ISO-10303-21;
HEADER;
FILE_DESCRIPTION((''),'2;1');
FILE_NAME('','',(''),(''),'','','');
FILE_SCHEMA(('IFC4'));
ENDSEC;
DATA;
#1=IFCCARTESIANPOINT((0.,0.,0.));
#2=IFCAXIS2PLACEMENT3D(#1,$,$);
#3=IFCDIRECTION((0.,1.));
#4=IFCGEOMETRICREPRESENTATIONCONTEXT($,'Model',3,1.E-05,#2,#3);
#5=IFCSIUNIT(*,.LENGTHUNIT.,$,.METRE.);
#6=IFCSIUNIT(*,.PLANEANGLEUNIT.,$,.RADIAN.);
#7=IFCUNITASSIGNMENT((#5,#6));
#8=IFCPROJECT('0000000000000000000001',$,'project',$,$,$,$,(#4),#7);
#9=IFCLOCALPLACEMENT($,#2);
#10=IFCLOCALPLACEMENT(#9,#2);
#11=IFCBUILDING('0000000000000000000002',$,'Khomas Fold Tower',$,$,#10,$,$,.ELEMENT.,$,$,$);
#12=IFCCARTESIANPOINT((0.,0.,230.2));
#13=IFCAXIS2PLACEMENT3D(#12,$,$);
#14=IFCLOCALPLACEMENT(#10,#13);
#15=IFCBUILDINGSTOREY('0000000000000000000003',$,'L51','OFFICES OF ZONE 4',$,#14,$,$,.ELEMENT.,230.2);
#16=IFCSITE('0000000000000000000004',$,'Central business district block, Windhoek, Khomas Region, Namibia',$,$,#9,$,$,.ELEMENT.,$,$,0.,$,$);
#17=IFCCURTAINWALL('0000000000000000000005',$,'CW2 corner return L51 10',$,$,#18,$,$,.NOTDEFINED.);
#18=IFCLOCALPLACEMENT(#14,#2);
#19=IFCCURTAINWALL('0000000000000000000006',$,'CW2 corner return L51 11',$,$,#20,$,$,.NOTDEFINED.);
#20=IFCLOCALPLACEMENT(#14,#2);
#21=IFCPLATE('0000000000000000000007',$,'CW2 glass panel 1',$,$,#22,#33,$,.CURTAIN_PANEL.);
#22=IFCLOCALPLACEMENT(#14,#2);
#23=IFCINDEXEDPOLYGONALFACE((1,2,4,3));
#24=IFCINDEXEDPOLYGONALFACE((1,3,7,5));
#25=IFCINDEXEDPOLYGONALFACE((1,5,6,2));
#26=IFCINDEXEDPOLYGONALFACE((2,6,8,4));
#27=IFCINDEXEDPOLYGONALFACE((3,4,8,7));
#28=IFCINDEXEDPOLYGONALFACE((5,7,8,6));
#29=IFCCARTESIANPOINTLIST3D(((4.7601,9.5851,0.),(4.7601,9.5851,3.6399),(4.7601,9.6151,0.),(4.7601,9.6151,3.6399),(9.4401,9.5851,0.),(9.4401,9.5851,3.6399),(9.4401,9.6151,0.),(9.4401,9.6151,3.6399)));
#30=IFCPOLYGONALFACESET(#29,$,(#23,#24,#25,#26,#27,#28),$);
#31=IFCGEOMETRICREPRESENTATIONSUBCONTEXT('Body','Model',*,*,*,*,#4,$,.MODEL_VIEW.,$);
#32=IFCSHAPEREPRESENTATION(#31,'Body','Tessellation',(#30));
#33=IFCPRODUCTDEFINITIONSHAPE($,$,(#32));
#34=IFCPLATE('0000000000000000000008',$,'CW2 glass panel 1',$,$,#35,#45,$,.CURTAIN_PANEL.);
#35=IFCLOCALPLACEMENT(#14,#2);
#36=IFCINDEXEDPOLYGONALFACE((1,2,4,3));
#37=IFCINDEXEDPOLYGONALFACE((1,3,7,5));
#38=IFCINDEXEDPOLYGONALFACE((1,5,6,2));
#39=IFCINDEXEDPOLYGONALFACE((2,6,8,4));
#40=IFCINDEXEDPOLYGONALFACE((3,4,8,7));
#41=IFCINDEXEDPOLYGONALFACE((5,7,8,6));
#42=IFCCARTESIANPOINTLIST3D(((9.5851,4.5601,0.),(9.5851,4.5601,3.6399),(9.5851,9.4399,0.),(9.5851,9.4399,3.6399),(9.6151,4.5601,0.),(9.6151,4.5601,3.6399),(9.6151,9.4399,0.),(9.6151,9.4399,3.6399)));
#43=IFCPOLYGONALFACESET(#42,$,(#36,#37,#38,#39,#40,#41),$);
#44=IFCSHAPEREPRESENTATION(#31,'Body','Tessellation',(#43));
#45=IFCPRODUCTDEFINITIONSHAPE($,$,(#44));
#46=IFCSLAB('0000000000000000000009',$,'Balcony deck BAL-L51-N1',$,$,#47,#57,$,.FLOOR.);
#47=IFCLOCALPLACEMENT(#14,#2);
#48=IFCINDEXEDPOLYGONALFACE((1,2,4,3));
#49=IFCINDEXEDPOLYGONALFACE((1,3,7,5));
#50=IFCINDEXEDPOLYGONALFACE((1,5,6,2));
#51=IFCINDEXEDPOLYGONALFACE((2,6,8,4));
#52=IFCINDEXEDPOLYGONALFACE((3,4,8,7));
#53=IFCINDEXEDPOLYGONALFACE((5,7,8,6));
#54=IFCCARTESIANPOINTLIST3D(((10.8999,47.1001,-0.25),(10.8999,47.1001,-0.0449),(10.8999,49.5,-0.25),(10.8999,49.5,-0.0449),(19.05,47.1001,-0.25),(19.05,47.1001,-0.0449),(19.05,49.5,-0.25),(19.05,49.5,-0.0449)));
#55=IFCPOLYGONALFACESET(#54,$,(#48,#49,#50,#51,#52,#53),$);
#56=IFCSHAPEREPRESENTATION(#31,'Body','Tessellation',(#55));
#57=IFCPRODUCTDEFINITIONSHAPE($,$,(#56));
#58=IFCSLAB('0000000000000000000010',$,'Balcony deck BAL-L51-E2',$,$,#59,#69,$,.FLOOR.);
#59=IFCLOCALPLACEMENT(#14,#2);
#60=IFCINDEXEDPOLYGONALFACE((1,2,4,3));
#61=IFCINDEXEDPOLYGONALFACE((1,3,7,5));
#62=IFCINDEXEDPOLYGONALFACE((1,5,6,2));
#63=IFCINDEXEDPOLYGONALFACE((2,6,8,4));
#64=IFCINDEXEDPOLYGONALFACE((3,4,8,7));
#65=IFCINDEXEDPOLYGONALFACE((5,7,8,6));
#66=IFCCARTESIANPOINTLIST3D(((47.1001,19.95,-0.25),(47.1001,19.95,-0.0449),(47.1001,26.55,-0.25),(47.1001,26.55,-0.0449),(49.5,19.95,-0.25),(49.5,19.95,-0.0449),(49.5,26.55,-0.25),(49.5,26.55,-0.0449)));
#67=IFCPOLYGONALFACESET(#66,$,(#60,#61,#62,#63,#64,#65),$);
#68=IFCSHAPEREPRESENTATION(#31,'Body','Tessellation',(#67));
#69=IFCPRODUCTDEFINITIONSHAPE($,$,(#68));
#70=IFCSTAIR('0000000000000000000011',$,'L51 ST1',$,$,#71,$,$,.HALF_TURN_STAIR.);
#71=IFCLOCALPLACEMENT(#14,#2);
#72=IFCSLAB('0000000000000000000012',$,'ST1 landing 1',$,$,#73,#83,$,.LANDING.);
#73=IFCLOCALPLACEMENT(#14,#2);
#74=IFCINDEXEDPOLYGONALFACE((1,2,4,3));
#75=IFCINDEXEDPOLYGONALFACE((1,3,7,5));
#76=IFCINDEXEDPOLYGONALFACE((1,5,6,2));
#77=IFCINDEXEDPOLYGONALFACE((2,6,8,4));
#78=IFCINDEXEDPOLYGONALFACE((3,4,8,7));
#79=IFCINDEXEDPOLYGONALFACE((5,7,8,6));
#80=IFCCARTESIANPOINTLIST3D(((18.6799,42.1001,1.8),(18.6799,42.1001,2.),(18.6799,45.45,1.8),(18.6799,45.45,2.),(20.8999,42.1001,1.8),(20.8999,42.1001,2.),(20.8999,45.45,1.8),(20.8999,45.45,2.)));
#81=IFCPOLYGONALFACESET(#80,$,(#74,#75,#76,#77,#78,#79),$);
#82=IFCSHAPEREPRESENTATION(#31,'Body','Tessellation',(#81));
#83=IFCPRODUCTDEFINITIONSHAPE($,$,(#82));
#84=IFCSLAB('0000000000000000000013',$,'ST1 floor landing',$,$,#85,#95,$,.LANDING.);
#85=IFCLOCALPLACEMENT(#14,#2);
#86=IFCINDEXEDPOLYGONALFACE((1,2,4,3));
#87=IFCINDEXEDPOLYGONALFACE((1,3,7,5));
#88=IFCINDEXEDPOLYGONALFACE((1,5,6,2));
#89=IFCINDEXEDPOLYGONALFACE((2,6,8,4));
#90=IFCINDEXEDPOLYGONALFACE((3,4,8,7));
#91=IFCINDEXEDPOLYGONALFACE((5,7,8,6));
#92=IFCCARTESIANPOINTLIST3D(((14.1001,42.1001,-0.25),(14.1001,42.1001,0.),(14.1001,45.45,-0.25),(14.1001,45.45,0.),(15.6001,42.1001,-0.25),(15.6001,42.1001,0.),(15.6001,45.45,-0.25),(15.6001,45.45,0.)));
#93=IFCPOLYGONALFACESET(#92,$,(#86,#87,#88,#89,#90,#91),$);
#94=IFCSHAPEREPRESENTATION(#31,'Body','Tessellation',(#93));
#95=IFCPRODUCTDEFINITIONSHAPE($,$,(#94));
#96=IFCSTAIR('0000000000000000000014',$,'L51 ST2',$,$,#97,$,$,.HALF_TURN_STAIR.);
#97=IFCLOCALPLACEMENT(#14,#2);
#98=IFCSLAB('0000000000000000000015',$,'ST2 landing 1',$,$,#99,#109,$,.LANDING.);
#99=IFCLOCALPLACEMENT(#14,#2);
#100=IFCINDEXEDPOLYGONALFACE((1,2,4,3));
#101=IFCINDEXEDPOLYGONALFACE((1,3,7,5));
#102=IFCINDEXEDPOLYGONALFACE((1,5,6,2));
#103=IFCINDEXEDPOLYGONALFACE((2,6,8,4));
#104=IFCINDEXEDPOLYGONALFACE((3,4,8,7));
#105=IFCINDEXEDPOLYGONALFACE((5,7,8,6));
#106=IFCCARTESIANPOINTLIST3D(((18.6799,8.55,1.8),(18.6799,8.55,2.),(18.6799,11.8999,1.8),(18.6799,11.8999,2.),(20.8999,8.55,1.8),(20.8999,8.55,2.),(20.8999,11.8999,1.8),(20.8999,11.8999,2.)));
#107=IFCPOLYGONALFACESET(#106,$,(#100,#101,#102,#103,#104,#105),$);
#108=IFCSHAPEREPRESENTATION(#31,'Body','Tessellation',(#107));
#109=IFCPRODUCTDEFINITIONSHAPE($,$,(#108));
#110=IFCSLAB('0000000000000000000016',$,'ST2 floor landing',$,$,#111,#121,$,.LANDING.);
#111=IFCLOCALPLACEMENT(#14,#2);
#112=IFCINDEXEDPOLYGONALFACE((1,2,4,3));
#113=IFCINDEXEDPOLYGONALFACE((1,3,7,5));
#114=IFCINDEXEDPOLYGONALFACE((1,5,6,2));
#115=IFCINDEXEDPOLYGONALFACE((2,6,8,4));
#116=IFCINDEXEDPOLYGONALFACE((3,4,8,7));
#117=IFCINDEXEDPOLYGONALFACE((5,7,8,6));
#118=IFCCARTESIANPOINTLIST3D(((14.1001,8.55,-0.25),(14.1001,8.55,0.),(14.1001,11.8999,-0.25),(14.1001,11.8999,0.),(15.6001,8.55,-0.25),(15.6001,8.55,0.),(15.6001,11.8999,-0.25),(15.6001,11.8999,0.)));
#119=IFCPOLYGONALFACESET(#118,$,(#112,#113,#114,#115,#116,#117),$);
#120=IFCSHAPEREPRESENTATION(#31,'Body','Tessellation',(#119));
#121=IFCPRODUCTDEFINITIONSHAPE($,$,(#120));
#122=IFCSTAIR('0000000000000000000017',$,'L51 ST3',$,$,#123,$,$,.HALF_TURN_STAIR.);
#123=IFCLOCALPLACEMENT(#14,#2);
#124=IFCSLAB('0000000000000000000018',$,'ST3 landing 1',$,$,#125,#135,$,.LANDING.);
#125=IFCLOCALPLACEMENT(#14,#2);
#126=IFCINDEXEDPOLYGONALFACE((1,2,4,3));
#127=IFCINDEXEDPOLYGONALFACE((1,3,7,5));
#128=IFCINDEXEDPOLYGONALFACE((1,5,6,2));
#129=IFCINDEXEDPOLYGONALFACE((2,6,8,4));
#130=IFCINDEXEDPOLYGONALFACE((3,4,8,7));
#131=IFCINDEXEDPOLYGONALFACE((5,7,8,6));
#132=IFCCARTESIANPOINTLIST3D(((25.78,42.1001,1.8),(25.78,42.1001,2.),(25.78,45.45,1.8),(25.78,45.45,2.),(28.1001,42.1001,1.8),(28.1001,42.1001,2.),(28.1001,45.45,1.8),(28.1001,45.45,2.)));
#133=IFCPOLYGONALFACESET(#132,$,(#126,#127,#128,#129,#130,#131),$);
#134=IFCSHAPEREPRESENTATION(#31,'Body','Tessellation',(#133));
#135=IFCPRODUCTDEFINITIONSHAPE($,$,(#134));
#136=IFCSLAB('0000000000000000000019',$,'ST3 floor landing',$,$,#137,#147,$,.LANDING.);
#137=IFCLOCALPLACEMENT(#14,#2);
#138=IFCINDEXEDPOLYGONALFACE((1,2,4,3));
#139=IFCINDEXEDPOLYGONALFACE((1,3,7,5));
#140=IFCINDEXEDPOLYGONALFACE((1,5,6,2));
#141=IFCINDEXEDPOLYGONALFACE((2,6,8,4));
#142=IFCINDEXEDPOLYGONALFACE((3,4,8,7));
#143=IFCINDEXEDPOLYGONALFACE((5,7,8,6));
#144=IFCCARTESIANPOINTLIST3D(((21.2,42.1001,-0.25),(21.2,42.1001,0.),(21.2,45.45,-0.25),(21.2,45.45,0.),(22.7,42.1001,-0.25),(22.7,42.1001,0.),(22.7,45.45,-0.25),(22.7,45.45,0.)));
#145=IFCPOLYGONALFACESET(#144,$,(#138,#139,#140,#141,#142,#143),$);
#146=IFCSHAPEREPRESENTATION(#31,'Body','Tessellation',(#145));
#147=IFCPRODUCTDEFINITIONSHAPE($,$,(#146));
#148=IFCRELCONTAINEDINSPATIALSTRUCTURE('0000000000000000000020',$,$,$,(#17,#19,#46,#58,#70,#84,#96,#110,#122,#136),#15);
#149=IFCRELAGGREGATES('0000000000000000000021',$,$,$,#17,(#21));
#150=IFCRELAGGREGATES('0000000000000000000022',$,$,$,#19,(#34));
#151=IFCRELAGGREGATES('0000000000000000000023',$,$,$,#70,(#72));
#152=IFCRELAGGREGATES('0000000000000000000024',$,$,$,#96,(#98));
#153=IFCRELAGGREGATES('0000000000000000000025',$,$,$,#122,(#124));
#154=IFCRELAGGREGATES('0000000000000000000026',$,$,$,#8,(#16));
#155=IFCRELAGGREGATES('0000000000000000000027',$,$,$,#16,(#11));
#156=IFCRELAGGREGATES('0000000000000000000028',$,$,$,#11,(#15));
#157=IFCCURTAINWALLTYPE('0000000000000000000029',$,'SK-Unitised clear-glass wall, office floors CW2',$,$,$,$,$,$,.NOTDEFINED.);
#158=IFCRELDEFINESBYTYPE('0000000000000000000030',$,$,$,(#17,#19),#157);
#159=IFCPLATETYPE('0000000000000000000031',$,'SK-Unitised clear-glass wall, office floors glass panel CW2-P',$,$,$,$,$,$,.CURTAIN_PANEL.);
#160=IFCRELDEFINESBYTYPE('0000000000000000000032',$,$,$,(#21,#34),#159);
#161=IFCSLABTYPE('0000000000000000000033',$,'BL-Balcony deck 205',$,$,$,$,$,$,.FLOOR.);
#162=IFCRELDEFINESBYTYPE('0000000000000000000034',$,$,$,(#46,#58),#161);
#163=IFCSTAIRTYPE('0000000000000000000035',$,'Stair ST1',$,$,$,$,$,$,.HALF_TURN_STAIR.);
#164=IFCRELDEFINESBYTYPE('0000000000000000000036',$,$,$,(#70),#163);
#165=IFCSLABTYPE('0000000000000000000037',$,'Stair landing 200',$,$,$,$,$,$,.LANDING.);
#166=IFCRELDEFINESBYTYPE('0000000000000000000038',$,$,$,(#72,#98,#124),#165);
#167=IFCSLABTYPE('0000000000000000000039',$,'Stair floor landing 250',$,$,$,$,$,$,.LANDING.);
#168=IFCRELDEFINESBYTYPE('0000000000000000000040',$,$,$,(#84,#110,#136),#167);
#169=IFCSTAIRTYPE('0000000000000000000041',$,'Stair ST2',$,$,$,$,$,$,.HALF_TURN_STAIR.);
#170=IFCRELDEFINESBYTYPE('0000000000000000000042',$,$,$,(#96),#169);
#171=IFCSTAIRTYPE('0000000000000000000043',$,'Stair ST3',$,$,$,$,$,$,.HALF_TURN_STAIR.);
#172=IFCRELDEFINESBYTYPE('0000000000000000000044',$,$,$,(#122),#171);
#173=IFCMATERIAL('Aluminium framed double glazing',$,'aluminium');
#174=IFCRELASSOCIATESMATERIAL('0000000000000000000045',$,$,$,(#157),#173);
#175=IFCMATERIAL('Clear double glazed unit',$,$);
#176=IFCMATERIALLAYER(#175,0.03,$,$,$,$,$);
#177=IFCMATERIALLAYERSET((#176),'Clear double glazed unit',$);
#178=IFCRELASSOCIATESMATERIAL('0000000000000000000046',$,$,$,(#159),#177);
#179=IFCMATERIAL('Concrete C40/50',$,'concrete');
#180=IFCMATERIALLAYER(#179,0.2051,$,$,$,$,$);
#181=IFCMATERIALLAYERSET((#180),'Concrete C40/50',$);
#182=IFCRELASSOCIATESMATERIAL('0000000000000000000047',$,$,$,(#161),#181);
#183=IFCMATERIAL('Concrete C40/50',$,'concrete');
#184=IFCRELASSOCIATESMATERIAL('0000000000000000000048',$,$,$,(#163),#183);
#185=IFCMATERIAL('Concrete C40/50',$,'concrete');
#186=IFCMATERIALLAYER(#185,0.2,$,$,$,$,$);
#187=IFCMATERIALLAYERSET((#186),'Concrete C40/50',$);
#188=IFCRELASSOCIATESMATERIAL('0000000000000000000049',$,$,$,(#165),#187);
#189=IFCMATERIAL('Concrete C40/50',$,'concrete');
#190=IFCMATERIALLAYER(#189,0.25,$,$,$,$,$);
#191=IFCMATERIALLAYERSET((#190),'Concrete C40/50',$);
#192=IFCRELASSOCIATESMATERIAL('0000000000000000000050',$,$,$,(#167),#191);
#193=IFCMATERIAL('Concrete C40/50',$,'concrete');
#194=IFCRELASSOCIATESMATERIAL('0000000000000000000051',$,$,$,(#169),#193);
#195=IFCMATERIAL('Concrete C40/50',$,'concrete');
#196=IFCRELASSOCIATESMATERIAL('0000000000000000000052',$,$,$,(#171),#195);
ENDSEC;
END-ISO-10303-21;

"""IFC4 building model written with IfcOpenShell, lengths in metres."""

from ifc_helpers import new_model, si_unit, direction, frame, origin, origin_2d, place, context, subcontext, project, spatial, polyline, rectangle, outline, extrude, source, transform, mapped, material, layer, layer_set, type_object, element, aggregate, save


model = new_model("IFC4")

# Units and contexts
model_context = context("Model", 3, precision=1e-05, world=origin(), true_north=direction((0.0, 1.0)))
body_context = subcontext(model_context, "Body", "Model", "MODEL_VIEW")
ifc_project = project(units=[si_unit("LENGTHUNIT", "METRE"), si_unit("PLANEANGLEUNIT", "RADIAN")], contexts=[model_context])

# Site, building, storey
site_placement = place(None, origin())
site = spatial("IfcSite", under=ifc_project, at=site_placement, Name="Central business district block, Windhoek, Khomas Region, Namibia", CompositionType="ELEMENT", RefElevation=0.0)
building_placement = place(site_placement, origin())
building = spatial("IfcBuilding", under=site, at=building_placement, Name="Khomas Fold Tower", CompositionType="ELEMENT")
storey_placement = place(building_placement, frame((0.0, 0.0, 230.2)))
storey = spatial("IfcBuildingStorey", under=building, at=storey_placement, Name="L51", Description="OFFICES OF ZONE 4", CompositionType="ELEMENT", Elevation=230.2)

# Shared definitions
ifc_material_1 = material(Name="Aluminium framed double glazing", Category="aluminium")
curtain_wall_type = type_object("IfcCurtainWallType", Name="SK-Unitised clear-glass wall, office floors CW2", PredefinedType="NOTDEFINED", material=ifc_material_1)

# Curtain walls
curtain_wall_1_placement = place(storey_placement, origin())
curtain_wall_1 = element("IfcCurtainWall", 1, at=curtain_wall_1_placement, inside=storey, type_object=curtain_wall_type, Name="CW2 corner return L51 10", PredefinedType="NOTDEFINED")
curtain_wall_2_placement = place(storey_placement, origin())
curtain_wall_2 = element("IfcCurtainWall", 2, at=curtain_wall_2_placement, inside=storey, type_object=curtain_wall_type, Name="CW2 corner return L51 11", PredefinedType="NOTDEFINED")

# Plates
ifc_material_2 = material(Name="Clear double glazed unit")
ifc_layer_1 = layer(ifc_material_2, 0.03)
ifc_layer_set_1 = layer_set([ifc_layer_1], Name="Clear double glazed unit")
plate_type = type_object("IfcPlateType", Name="SK-Unitised clear-glass wall, office floors glass panel CW2-P", PredefinedType="CURTAIN_PANEL", material=ifc_layer_set_1)
shared_shape_1 = source(origin(), body_context, "Body", "SweptSolid", [
    extrude(rectangle(XDim=4.6799, YDim=0.03, at=origin_2d()), origin(), (0.0, 0.0, 1.0), 3.6399),
])
plate_1_placement = place(storey_placement, frame((7.1001, 9.6001, 0.0), z_axis=(0.0, 0.0, 1.0), x_axis=(1.0, 0.0, 0.0)))
plate_1 = element("IfcPlate", 3, at=plate_1_placement, type_object=plate_type, Name="CW2 glass panel 1", PredefinedType="CURTAIN_PANEL", context=body_context, shape_type="MappedRepresentation", body=[
    mapped(shared_shape_1, transform((0.0, 0.0, 0.0))),
])
aggregate(curtain_wall_1, [plate_1])
shared_shape_2 = source(origin(), body_context, "Body", "SweptSolid", [
    extrude(rectangle(XDim=4.8799, YDim=0.03, at=origin_2d()), origin(), (0.0, 0.0, 1.0), 3.6399),
])
plate_2_placement = place(storey_placement, frame((9.6001, 7.0, 0.0), z_axis=(0.0, 0.0, 1.0), x_axis=(0.0, -1.0, 0.0)))
plate_2 = element("IfcPlate", 4, at=plate_2_placement, type_object=plate_type, Name="CW2 glass panel 1", PredefinedType="CURTAIN_PANEL", context=body_context, shape_type="MappedRepresentation", body=[
    mapped(shared_shape_2, transform((0.0, 0.0, 0.0))),
])
aggregate(curtain_wall_2, [plate_2])

# Slabs
ifc_material_3 = material(Name="Concrete C40/50", Category="concrete")
ifc_layer_2 = layer(ifc_material_3, 0.2051)
ifc_layer_set_2 = layer_set([ifc_layer_2], Name="Concrete C40/50")
slab_type_1 = type_object("IfcSlabType", Name="BL-Balcony deck 205", PredefinedType="FLOOR", material=ifc_layer_set_2)
shared_shape_3 = source(origin(), body_context, "Body", "SweptSolid", [
    extrude(outline(polyline([(10.8999, 47.1001), (19.05, 47.1001), (19.05, 49.5), (10.8999, 49.5), (10.8999, 47.1001)])), origin(), (0.0, 0.0, 1.0), 0.2051),
])
slab_1_placement = place(storey_placement, frame((0.0, 0.0, -0.25)))
element("IfcSlab", 5, at=slab_1_placement, inside=storey, type_object=slab_type_1, Name="Balcony deck BAL-L51-N1", PredefinedType="FLOOR", context=body_context, shape_type="MappedRepresentation", body=[
    mapped(shared_shape_3, transform((0.0, 0.0, 0.0))),
])
shared_shape_4 = source(origin(), body_context, "Body", "SweptSolid", [
    extrude(outline(polyline([(47.1001, 19.95), (49.5, 19.95), (49.5, 26.55), (47.1001, 26.55), (47.1001, 19.95)])), origin(), (0.0, 0.0, 1.0), 0.2051),
])
slab_2_placement = place(storey_placement, frame((0.0, 0.0, -0.25)))
element("IfcSlab", 6, at=slab_2_placement, inside=storey, type_object=slab_type_1, Name="Balcony deck BAL-L51-E2", PredefinedType="FLOOR", context=body_context, shape_type="MappedRepresentation", body=[
    mapped(shared_shape_4, transform((0.0, 0.0, 0.0))),
])

# Stair, slab
ifc_material_4 = material(Name="Concrete C40/50", Category="concrete")
stair_type_1 = type_object("IfcStairType", Name="Stair ST1", PredefinedType="HALF_TURN_STAIR", material=ifc_material_4)
stair_1_placement = place(storey_placement, origin())
stair_1 = element("IfcStair", 7, at=stair_1_placement, inside=storey, type_object=stair_type_1, Name="L51 ST1", PredefinedType="HALF_TURN_STAIR")
ifc_material_5 = material(Name="Concrete C40/50", Category="concrete")
ifc_layer_3 = layer(ifc_material_5, 0.2)
ifc_layer_set_3 = layer_set([ifc_layer_3], Name="Concrete C40/50")
slab_type_2 = type_object("IfcSlabType", Name="Stair landing 200", PredefinedType="LANDING", material=ifc_layer_set_3)
shared_shape_5 = source(origin(), body_context, "Body", "SweptSolid", [
    extrude(outline(polyline([(18.6799, 42.1001), (20.8999, 42.1001), (20.8999, 45.45), (18.6799, 45.45), (18.6799, 42.1001)])), origin(), (0.0, 0.0, 1.0), 0.2),
])
slab_3_placement = place(storey_placement, frame((0.0, 0.0, 1.8)))
slab_3 = element("IfcSlab", 8, at=slab_3_placement, type_object=slab_type_2, Name="ST1 landing 1", PredefinedType="LANDING", context=body_context, shape_type="MappedRepresentation", body=[
    mapped(shared_shape_5, transform((0.0, 0.0, 0.0))),
])
aggregate(stair_1, [slab_3])

# Slab
ifc_material_6 = material(Name="Concrete C40/50", Category="concrete")
ifc_layer_4 = layer(ifc_material_6, 0.25)
ifc_layer_set_4 = layer_set([ifc_layer_4], Name="Concrete C40/50")
slab_type_3 = type_object("IfcSlabType", Name="Stair floor landing 250", PredefinedType="LANDING", material=ifc_layer_set_4)
shared_shape_6 = source(origin(), body_context, "Body", "SweptSolid", [
    extrude(outline(polyline([(15.6001, 42.1001), (14.1001, 42.1001), (14.1001, 45.45), (15.6001, 45.45), (15.6001, 42.1001)])), origin(), (0.0, 0.0, 1.0), 0.25),
])
slab_4_placement = place(storey_placement, frame((0.0, 0.0, -0.25)))
element("IfcSlab", 9, at=slab_4_placement, inside=storey, type_object=slab_type_3, Name="ST1 floor landing", PredefinedType="LANDING", context=body_context, shape_type="MappedRepresentation", body=[
    mapped(shared_shape_6, transform((0.0, 0.0, 0.0))),
])

# Stair, slab
ifc_material_7 = material(Name="Concrete C40/50", Category="concrete")
stair_type_2 = type_object("IfcStairType", Name="Stair ST2", PredefinedType="HALF_TURN_STAIR", material=ifc_material_7)
stair_2_placement = place(storey_placement, origin())
stair_2 = element("IfcStair", 10, at=stair_2_placement, inside=storey, type_object=stair_type_2, Name="L51 ST2", PredefinedType="HALF_TURN_STAIR")
shared_shape_7 = source(origin(), body_context, "Body", "SweptSolid", [
    extrude(outline(polyline([(18.6799, 8.55), (20.8999, 8.55), (20.8999, 11.8999), (18.6799, 11.8999), (18.6799, 8.55)])), origin(), (0.0, 0.0, 1.0), 0.2),
])
slab_5_placement = place(storey_placement, frame((0.0, 0.0, 1.8)))
slab_5 = element("IfcSlab", 11, at=slab_5_placement, type_object=slab_type_2, Name="ST2 landing 1", PredefinedType="LANDING", context=body_context, shape_type="MappedRepresentation", body=[
    mapped(shared_shape_7, transform((0.0, 0.0, 0.0))),
])
aggregate(stair_2, [slab_5])

# Slab
shared_shape_8 = source(origin(), body_context, "Body", "SweptSolid", [
    extrude(outline(polyline([(15.6001, 8.55), (14.1001, 8.55), (14.1001, 11.8999), (15.6001, 11.8999), (15.6001, 8.55)])), origin(), (0.0, 0.0, 1.0), 0.25),
])
slab_6_placement = place(storey_placement, frame((0.0, 0.0, -0.25)))
element("IfcSlab", 12, at=slab_6_placement, inside=storey, type_object=slab_type_3, Name="ST2 floor landing", PredefinedType="LANDING", context=body_context, shape_type="MappedRepresentation", body=[
    mapped(shared_shape_8, transform((0.0, 0.0, 0.0))),
])

# Stair, slab
ifc_material_8 = material(Name="Concrete C40/50", Category="concrete")
stair_type_3 = type_object("IfcStairType", Name="Stair ST3", PredefinedType="HALF_TURN_STAIR", material=ifc_material_8)
stair_3_placement = place(storey_placement, origin())
stair_3 = element("IfcStair", 13, at=stair_3_placement, inside=storey, type_object=stair_type_3, Name="L51 ST3", PredefinedType="HALF_TURN_STAIR")
shared_shape_9 = source(origin(), body_context, "Body", "SweptSolid", [
    extrude(outline(polyline([(25.78, 42.1001), (28.1001, 42.1001), (28.1001, 45.45), (25.78, 45.45), (25.78, 42.1001)])), origin(), (0.0, 0.0, 1.0), 0.2),
])
slab_7_placement = place(storey_placement, frame((0.0, 0.0, 1.8)))
slab_7 = element("IfcSlab", 14, at=slab_7_placement, type_object=slab_type_2, Name="ST3 landing 1", PredefinedType="LANDING", context=body_context, shape_type="MappedRepresentation", body=[
    mapped(shared_shape_9, transform((0.0, 0.0, 0.0))),
])
aggregate(stair_3, [slab_7])

# Slab
shared_shape_10 = source(origin(), body_context, "Body", "SweptSolid", [
    extrude(outline(polyline([(22.7, 42.1001), (21.2, 42.1001), (21.2, 45.45), (22.7, 45.45), (22.7, 42.1001)])), origin(), (0.0, 0.0, 1.0), 0.25),
])
slab_8_placement = place(storey_placement, frame((0.0, 0.0, -0.25)))
element("IfcSlab", 15, at=slab_8_placement, inside=storey, type_object=slab_type_3, Name="ST3 floor landing", PredefinedType="LANDING", context=body_context, shape_type="MappedRepresentation", body=[
    mapped(shared_shape_10, transform((0.0, 0.0, 0.0))),
])

save(model, "model.ifc")
